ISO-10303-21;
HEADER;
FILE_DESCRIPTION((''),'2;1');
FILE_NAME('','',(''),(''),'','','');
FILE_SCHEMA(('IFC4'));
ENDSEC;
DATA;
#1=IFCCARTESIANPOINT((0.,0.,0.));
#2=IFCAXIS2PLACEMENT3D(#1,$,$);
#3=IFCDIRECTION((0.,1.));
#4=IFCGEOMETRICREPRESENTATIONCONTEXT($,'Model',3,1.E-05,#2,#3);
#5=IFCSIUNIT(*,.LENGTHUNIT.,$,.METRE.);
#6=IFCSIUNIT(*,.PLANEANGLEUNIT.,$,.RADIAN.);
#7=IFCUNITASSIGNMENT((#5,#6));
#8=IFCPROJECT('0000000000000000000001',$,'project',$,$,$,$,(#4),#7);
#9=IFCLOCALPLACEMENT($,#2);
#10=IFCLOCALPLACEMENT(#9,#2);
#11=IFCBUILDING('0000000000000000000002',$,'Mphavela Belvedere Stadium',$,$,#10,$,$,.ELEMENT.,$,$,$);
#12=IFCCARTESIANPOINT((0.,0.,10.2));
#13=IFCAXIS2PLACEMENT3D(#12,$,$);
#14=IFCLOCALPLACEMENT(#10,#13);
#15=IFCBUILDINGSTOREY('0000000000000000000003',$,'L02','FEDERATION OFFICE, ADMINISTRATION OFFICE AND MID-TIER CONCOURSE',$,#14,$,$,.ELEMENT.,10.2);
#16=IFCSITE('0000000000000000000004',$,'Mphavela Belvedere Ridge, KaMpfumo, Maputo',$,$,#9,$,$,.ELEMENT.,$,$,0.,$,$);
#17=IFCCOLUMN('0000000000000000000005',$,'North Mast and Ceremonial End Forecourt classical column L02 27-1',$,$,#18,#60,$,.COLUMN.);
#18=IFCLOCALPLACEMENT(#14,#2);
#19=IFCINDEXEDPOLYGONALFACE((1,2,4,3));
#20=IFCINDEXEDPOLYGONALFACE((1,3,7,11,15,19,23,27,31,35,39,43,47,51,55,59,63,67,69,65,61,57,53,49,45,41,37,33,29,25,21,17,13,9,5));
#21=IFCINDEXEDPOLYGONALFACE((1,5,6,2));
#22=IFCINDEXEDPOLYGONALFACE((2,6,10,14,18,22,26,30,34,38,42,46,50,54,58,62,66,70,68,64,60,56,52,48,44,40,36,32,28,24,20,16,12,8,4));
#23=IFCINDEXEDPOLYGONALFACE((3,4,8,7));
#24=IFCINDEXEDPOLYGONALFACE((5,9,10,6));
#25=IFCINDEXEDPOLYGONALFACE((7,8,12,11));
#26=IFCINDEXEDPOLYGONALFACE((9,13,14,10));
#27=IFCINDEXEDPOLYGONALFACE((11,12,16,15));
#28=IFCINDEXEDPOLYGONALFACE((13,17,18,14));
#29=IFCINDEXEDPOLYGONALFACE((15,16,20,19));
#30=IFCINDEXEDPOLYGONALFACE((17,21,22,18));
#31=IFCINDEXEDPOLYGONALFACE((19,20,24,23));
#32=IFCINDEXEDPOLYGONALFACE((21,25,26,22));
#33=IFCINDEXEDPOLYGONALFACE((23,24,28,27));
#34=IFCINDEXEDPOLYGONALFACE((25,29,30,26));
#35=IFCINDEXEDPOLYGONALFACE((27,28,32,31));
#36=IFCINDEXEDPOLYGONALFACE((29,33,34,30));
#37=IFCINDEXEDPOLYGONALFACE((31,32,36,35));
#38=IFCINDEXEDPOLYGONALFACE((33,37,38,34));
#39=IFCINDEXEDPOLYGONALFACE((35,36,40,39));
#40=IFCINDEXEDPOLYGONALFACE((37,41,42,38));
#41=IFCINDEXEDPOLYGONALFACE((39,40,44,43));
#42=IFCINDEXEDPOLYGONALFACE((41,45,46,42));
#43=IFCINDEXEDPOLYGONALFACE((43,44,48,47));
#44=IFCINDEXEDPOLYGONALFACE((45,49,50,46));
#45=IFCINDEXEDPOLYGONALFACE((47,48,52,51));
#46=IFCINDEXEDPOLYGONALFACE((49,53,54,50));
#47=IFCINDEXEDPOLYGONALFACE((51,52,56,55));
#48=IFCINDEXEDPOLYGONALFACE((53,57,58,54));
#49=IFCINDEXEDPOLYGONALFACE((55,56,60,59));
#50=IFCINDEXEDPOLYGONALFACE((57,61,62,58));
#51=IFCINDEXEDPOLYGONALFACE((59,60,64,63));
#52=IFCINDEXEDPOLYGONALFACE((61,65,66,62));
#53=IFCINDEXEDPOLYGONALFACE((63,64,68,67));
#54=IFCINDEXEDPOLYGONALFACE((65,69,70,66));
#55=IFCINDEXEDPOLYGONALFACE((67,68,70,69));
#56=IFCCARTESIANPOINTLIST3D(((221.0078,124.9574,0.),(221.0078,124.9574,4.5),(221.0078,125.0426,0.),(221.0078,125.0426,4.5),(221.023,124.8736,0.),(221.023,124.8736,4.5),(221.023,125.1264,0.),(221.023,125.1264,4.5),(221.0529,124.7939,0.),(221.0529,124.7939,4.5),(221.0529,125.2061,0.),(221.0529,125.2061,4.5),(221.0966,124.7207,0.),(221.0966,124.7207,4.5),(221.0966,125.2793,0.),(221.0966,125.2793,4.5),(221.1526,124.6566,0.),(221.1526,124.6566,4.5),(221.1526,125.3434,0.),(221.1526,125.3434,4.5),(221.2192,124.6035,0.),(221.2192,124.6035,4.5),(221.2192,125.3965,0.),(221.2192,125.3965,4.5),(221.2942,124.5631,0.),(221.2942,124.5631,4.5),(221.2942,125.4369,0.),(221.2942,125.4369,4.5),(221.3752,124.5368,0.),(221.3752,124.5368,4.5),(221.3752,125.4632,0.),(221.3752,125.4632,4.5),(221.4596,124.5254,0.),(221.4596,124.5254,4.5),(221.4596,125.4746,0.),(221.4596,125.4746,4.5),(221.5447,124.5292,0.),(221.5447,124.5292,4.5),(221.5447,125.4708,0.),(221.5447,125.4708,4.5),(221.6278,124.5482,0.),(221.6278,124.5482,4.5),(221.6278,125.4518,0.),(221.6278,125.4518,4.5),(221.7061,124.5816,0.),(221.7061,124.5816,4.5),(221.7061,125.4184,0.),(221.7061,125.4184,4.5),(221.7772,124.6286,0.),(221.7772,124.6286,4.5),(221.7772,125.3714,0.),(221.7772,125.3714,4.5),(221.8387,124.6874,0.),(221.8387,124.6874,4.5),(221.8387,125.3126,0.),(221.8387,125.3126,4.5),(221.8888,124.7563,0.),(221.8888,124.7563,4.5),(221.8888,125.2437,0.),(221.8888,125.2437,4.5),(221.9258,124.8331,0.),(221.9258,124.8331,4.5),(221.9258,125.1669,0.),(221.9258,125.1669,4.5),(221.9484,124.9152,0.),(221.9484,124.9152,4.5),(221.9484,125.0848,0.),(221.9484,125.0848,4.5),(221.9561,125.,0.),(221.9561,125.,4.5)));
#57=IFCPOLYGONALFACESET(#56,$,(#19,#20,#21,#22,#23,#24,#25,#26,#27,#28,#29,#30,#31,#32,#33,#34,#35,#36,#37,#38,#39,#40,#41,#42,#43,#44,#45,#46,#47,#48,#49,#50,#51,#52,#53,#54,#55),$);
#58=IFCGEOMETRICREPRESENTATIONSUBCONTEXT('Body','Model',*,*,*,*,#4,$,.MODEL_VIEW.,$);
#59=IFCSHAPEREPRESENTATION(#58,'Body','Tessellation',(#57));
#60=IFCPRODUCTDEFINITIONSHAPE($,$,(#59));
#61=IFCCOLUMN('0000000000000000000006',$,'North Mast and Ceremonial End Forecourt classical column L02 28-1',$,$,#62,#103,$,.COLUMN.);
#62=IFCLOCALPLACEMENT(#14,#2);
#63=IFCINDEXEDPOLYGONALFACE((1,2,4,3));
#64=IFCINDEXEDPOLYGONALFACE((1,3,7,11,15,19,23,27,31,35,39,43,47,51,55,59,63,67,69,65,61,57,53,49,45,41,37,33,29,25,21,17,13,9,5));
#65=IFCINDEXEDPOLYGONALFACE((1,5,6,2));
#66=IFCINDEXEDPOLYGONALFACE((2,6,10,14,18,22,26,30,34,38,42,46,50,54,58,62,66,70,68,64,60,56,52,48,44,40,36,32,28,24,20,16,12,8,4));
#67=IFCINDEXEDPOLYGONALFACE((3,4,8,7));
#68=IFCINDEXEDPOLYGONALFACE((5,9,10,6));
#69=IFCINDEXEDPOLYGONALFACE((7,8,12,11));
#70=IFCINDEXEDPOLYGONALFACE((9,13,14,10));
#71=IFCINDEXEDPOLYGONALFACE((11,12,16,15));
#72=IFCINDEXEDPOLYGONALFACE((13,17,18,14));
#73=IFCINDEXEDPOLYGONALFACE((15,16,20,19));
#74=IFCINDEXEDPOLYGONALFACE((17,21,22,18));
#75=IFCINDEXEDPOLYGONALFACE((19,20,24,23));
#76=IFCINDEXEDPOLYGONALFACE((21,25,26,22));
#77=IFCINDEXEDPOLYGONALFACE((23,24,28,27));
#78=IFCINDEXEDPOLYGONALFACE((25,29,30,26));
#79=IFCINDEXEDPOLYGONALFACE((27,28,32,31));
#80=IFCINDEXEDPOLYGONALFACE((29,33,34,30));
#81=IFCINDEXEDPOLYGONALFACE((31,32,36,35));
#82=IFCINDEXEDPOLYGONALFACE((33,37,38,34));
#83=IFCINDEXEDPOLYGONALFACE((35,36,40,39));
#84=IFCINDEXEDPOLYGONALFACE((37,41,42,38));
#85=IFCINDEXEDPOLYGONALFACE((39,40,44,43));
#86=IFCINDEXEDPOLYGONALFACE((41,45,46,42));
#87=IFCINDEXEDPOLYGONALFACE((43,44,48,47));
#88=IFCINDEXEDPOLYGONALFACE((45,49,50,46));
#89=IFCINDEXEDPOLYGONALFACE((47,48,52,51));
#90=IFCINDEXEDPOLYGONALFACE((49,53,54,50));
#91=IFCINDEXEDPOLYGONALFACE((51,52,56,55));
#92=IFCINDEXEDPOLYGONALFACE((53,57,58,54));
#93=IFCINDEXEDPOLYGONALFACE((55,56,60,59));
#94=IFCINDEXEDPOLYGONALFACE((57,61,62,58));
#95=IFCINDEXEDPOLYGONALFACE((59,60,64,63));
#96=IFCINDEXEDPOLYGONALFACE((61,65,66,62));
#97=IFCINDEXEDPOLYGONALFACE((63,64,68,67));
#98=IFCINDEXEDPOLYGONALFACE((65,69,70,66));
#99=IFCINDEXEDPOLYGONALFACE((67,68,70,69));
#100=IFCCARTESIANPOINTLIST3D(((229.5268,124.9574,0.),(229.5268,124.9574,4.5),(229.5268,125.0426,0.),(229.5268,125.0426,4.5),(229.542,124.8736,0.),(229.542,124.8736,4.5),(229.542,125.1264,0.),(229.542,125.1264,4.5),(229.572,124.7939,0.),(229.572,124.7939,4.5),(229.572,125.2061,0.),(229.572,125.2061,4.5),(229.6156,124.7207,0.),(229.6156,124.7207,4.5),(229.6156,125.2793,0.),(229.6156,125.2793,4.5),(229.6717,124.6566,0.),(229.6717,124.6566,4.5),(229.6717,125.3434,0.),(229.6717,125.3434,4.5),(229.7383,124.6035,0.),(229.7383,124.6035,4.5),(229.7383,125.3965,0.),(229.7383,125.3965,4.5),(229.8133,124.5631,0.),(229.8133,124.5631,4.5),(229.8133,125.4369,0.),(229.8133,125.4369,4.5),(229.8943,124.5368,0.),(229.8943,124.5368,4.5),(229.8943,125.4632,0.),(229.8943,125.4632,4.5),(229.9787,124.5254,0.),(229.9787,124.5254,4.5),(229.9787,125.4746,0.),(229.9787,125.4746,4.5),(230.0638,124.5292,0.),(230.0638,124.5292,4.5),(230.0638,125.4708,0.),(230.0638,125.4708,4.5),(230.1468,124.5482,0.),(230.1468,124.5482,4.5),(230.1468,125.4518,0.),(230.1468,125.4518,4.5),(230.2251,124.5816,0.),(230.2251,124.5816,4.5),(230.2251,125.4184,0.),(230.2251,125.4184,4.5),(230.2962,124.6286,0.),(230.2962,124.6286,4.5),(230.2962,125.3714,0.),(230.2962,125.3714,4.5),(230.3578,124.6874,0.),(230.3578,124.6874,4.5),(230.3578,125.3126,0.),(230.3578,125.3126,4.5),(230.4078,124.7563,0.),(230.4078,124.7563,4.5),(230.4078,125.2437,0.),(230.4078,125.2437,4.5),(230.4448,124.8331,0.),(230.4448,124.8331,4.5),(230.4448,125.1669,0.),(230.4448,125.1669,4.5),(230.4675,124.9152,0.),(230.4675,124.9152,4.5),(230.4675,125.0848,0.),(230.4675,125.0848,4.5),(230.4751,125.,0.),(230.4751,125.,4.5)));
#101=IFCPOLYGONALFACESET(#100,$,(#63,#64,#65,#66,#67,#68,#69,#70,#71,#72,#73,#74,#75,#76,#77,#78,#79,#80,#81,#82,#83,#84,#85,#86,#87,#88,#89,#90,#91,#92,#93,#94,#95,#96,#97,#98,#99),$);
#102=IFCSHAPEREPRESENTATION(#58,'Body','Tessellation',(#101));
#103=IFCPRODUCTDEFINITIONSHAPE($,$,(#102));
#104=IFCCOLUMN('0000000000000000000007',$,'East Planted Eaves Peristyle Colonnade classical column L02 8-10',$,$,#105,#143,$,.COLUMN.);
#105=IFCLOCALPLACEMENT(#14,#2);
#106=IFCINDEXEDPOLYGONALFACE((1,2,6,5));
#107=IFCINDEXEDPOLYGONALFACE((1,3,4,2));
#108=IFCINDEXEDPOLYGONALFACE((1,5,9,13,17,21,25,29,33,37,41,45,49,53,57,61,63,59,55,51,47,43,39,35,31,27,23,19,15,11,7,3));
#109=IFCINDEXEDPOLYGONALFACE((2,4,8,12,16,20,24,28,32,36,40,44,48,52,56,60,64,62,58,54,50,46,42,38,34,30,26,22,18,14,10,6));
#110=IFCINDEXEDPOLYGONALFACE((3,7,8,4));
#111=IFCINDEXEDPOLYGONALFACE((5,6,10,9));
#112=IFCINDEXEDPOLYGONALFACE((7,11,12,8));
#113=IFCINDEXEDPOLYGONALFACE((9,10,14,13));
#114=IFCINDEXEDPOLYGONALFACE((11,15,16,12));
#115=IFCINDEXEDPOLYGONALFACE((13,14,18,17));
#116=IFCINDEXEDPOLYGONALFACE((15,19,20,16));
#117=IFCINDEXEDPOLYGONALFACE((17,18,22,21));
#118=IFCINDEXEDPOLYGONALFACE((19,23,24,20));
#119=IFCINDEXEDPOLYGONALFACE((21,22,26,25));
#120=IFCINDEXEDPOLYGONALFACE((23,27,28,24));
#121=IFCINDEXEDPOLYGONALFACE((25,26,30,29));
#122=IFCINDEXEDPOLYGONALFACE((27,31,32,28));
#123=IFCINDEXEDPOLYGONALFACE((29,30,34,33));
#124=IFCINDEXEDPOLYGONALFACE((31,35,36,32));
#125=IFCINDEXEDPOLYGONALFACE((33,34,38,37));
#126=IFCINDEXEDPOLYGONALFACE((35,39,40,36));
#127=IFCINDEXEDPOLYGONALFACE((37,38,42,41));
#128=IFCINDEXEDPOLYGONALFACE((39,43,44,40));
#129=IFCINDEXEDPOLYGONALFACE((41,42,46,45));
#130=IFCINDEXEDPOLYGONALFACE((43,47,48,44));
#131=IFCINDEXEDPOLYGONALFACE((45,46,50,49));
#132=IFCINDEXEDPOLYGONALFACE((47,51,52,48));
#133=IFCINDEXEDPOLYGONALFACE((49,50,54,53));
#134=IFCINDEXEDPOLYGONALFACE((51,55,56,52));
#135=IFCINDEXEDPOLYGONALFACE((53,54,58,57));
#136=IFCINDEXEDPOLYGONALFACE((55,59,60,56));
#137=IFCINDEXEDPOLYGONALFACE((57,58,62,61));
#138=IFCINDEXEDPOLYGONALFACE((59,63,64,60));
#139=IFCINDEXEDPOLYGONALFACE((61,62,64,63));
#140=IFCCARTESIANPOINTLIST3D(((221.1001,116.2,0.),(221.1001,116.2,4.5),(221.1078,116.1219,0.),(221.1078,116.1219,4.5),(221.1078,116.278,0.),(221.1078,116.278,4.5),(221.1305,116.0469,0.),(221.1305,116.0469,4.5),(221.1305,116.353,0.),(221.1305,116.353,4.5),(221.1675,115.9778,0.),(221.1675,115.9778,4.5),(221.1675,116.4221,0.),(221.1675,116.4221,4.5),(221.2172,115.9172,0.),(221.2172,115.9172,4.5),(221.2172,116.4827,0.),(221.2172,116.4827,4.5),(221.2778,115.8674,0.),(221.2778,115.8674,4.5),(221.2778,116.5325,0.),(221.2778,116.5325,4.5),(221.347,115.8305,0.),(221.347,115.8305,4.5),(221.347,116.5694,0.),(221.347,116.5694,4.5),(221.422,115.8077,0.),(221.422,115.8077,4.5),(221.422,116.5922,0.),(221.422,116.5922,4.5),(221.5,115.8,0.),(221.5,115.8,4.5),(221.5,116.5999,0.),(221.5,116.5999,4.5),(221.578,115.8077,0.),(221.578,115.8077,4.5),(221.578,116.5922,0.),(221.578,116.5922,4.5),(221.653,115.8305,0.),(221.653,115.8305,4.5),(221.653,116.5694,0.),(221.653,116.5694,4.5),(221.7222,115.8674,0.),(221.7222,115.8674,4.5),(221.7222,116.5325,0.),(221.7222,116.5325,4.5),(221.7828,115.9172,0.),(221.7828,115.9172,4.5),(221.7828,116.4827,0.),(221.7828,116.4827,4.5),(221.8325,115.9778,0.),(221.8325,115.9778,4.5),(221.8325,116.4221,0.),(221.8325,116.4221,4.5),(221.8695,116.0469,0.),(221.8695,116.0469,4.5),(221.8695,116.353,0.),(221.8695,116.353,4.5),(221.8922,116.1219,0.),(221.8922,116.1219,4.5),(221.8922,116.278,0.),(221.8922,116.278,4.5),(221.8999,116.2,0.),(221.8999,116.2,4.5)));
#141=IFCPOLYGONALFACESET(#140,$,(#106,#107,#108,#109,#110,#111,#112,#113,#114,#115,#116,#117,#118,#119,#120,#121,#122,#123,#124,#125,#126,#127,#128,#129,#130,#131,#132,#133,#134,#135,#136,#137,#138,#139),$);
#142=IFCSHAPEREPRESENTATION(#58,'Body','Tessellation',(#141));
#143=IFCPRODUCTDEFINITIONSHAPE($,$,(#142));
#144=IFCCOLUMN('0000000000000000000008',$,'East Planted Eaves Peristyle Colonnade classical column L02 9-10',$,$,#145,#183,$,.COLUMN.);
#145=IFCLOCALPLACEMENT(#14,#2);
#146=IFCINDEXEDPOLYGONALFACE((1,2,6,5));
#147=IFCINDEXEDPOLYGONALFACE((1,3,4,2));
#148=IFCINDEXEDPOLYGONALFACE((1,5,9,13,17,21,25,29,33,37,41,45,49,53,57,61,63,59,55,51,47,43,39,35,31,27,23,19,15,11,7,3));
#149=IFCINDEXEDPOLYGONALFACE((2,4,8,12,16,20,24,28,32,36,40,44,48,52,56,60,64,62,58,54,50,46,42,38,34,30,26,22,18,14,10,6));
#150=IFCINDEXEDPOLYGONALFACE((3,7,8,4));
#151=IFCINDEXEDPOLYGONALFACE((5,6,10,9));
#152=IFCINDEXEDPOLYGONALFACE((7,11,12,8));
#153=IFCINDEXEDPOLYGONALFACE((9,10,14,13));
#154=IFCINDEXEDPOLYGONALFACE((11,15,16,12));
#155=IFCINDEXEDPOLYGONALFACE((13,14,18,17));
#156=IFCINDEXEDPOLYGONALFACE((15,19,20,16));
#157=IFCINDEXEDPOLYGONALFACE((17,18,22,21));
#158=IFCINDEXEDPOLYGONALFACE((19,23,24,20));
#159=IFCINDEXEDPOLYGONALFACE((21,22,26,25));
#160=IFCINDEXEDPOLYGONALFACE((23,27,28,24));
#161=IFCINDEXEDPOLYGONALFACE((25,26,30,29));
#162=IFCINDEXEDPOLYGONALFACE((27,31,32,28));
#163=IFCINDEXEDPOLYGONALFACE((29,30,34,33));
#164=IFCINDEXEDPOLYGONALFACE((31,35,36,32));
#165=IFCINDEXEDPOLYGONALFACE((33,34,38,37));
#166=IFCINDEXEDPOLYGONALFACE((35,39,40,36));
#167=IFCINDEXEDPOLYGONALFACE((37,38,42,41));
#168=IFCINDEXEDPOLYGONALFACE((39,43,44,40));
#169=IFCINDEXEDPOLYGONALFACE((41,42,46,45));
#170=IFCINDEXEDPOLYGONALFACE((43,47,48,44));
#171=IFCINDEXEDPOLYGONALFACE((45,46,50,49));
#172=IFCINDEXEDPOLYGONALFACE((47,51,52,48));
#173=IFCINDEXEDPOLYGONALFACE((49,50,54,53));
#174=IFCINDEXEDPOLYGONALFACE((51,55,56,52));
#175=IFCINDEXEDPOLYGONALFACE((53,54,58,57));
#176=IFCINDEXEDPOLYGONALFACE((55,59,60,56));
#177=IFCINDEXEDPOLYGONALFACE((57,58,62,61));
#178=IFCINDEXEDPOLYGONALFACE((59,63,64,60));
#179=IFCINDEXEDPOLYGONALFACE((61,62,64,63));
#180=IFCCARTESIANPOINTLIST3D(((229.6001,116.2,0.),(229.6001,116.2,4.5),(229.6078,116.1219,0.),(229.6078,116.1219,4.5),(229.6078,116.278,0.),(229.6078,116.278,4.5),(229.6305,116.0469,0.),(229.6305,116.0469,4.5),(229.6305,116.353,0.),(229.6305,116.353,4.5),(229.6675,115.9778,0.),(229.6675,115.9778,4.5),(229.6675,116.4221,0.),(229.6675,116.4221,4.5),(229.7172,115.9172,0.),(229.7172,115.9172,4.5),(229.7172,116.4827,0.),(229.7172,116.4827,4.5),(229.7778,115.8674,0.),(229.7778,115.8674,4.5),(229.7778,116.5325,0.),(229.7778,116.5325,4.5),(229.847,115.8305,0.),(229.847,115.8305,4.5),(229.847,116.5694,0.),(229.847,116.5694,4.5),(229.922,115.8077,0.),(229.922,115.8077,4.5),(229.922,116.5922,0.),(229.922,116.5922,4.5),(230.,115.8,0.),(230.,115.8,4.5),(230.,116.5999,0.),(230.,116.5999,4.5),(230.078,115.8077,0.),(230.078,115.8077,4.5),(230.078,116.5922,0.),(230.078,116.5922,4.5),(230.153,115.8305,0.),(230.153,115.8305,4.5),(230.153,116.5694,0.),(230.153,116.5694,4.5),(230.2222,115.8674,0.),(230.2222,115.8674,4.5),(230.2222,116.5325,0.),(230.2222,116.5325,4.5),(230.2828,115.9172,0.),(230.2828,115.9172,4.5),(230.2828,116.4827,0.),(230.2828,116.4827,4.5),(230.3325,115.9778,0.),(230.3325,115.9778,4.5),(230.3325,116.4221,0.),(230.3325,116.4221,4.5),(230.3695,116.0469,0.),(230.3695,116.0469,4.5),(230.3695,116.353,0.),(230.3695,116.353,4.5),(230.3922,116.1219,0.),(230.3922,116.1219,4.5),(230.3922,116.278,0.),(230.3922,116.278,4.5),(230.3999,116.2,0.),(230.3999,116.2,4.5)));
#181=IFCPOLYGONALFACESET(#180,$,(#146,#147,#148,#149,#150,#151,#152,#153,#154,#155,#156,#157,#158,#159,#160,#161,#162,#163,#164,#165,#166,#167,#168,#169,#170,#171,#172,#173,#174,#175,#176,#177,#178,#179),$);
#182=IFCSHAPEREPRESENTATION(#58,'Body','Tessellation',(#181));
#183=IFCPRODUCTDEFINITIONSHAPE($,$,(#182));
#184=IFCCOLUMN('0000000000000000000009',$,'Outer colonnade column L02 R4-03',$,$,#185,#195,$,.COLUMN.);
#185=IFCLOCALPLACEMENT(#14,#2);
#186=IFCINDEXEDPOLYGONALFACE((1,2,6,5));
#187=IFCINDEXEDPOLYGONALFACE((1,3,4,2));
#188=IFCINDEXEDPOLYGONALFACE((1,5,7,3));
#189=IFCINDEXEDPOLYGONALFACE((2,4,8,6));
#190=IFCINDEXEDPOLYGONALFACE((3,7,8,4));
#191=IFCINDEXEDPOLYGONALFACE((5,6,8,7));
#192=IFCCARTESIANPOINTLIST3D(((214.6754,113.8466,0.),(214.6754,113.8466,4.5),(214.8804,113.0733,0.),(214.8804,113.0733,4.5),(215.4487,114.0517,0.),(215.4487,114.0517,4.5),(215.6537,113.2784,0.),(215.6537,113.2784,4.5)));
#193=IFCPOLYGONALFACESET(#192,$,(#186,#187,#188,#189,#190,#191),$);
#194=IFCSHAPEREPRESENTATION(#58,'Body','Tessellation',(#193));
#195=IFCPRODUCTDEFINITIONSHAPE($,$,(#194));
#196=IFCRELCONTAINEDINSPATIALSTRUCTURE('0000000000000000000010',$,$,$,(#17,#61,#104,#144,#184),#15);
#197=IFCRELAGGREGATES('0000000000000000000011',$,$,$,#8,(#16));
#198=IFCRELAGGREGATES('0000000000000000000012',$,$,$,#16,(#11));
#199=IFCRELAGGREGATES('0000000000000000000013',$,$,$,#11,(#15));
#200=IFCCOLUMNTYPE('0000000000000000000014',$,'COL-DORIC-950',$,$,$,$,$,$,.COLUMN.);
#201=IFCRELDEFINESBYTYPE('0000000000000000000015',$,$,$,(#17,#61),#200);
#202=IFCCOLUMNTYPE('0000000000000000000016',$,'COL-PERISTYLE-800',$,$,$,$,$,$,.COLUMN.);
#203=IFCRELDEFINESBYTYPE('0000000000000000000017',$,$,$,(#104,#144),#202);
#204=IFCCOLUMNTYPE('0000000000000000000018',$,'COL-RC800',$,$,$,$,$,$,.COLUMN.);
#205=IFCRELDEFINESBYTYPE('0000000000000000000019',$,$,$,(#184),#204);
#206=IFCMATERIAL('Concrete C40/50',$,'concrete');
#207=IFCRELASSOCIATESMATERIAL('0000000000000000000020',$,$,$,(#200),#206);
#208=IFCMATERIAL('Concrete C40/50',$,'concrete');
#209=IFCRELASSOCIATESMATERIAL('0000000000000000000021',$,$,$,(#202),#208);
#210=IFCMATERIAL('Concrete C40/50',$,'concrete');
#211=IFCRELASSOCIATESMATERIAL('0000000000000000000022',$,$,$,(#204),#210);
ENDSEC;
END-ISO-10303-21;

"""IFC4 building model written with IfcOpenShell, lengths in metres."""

from ifc_helpers import new_model, si_unit, direction, frame, origin, origin_2d, place, context, subcontext, project, spatial, rectangle, circle, extrude, material, material_profile, profile_set, type_object, element, save


model = new_model("IFC4")

# Units and contexts
model_context = context("Model", 3, precision=1e-05, world=origin(), true_north=direction((0.0, 1.0)))
body_context = subcontext(model_context, "Body", "Model", "MODEL_VIEW")
ifc_project = project(units=[si_unit("LENGTHUNIT", "METRE"), si_unit("PLANEANGLEUNIT", "RADIAN")], contexts=[model_context])

# Site, building, storey
site_placement = place(None, origin())
site = spatial("IfcSite", under=ifc_project, at=site_placement, Name="Mphavela Belvedere Ridge, KaMpfumo, Maputo", CompositionType="ELEMENT", RefElevation=0.0)
building_placement = place(site_placement, origin())
building = spatial("IfcBuilding", under=site, at=building_placement, Name="Mphavela Belvedere Stadium", CompositionType="ELEMENT")
storey_placement = place(building_placement, frame((0.0, 0.0, 10.2)))
storey = spatial("IfcBuildingStorey", under=building, at=storey_placement, Name="L02", Description="FEDERATION OFFICE, ADMINISTRATION OFFICE AND MID-TIER CONCOURSE", CompositionType="ELEMENT", Elevation=10.2)

# Columns
ifc_material_1 = material(Name="Concrete C40/50", Category="concrete")
ifc_material_profile_1 = material_profile(ifc_material_1, circle(Radius=0.4751, at=origin_2d()), Name="COL D950")
ifc_profile_set_1 = profile_set([ifc_material_profile_1], Name="Concrete C40/50")
column_type_1 = type_object("IfcColumnType", Name="COL-DORIC-950", PredefinedType="COLUMN", material=ifc_profile_set_1)
for number, where, z_axis, x_axis, name in (
    (1, (221.481, 125.0, 0.0), (0.0, 0.0, 1.0), (1.0, 0.0, 0.0), "North Mast and Ceremonial End Forecourt classical column L02 27-1"),
    (2, (230.0, 125.0, 0.0), (0.0, 0.0, 1.0), (1.0, 0.0, 0.0), "North Mast and Ceremonial End Forecourt classical column L02 28-1"),
):
    element("IfcColumn", number, at=place(storey_placement, frame(where, z_axis=z_axis, x_axis=x_axis)), inside=storey, type_object=column_type_1, Name=name, PredefinedType="COLUMN", context=body_context, shape_type="SweptSolid", body=[
        extrude(circle(Radius=0.4751, at=origin_2d()), origin(), (0.0, 0.0, 1.0), 4.5),
    ])
ifc_material_2 = material(Name="Concrete C40/50", Category="concrete")
ifc_material_profile_2 = material_profile(ifc_material_2, circle(Radius=0.3999, at=origin_2d()), Name="COL D800")
ifc_profile_set_2 = profile_set([ifc_material_profile_2], Name="Concrete C40/50")
column_type_2 = type_object("IfcColumnType", Name="COL-PERISTYLE-800", PredefinedType="COLUMN", material=ifc_profile_set_2)
for number, where, z_axis, x_axis, name in (
    (3, (221.5, 116.2, 0.0), (0.0, 0.0, 1.0), (1.0, 0.0, 0.0), "East Planted Eaves Peristyle Colonnade classical column L02 8-10"),
    (4, (230.0, 116.2, 0.0), (0.0, 0.0, 1.0), (1.0, 0.0, 0.0), "East Planted Eaves Peristyle Colonnade classical column L02 9-10"),
):
    element("IfcColumn", number, at=place(storey_placement, frame(where, z_axis=z_axis, x_axis=x_axis)), inside=storey, type_object=column_type_2, Name=name, PredefinedType="COLUMN", context=body_context, shape_type="SweptSolid", body=[
        extrude(circle(Radius=0.3999, at=origin_2d()), origin(), (0.0, 0.0, 1.0), 4.5),
    ])
ifc_material_3 = material(Name="Concrete C40/50", Category="concrete")
ifc_material_profile_3 = material_profile(ifc_material_3, rectangle(XDim=0.8, YDim=0.8, at=origin_2d()), Name="RC 800x800")
ifc_profile_set_3 = profile_set([ifc_material_profile_3], Name="Concrete C40/50")
column_type_3 = type_object("IfcColumnType", Name="COL-RC800", PredefinedType="COLUMN", material=ifc_profile_set_3)
column_1_placement = place(storey_placement, frame((215.1646, 113.5625, 0.0), z_axis=(0.0, 0.0, 1.0), x_axis=(0.9666, 0.256289, 0.0)))
element("IfcColumn", 5, at=column_1_placement, inside=storey, type_object=column_type_3, Name="Outer colonnade column L02 R4-03", PredefinedType="COLUMN", context=body_context, shape_type="SweptSolid", body=[
    extrude(rectangle(XDim=0.8, YDim=0.8, at=origin_2d()), origin(), (0.0, 0.0, 1.0), 4.5),
])

save(model, "model.ifc")
